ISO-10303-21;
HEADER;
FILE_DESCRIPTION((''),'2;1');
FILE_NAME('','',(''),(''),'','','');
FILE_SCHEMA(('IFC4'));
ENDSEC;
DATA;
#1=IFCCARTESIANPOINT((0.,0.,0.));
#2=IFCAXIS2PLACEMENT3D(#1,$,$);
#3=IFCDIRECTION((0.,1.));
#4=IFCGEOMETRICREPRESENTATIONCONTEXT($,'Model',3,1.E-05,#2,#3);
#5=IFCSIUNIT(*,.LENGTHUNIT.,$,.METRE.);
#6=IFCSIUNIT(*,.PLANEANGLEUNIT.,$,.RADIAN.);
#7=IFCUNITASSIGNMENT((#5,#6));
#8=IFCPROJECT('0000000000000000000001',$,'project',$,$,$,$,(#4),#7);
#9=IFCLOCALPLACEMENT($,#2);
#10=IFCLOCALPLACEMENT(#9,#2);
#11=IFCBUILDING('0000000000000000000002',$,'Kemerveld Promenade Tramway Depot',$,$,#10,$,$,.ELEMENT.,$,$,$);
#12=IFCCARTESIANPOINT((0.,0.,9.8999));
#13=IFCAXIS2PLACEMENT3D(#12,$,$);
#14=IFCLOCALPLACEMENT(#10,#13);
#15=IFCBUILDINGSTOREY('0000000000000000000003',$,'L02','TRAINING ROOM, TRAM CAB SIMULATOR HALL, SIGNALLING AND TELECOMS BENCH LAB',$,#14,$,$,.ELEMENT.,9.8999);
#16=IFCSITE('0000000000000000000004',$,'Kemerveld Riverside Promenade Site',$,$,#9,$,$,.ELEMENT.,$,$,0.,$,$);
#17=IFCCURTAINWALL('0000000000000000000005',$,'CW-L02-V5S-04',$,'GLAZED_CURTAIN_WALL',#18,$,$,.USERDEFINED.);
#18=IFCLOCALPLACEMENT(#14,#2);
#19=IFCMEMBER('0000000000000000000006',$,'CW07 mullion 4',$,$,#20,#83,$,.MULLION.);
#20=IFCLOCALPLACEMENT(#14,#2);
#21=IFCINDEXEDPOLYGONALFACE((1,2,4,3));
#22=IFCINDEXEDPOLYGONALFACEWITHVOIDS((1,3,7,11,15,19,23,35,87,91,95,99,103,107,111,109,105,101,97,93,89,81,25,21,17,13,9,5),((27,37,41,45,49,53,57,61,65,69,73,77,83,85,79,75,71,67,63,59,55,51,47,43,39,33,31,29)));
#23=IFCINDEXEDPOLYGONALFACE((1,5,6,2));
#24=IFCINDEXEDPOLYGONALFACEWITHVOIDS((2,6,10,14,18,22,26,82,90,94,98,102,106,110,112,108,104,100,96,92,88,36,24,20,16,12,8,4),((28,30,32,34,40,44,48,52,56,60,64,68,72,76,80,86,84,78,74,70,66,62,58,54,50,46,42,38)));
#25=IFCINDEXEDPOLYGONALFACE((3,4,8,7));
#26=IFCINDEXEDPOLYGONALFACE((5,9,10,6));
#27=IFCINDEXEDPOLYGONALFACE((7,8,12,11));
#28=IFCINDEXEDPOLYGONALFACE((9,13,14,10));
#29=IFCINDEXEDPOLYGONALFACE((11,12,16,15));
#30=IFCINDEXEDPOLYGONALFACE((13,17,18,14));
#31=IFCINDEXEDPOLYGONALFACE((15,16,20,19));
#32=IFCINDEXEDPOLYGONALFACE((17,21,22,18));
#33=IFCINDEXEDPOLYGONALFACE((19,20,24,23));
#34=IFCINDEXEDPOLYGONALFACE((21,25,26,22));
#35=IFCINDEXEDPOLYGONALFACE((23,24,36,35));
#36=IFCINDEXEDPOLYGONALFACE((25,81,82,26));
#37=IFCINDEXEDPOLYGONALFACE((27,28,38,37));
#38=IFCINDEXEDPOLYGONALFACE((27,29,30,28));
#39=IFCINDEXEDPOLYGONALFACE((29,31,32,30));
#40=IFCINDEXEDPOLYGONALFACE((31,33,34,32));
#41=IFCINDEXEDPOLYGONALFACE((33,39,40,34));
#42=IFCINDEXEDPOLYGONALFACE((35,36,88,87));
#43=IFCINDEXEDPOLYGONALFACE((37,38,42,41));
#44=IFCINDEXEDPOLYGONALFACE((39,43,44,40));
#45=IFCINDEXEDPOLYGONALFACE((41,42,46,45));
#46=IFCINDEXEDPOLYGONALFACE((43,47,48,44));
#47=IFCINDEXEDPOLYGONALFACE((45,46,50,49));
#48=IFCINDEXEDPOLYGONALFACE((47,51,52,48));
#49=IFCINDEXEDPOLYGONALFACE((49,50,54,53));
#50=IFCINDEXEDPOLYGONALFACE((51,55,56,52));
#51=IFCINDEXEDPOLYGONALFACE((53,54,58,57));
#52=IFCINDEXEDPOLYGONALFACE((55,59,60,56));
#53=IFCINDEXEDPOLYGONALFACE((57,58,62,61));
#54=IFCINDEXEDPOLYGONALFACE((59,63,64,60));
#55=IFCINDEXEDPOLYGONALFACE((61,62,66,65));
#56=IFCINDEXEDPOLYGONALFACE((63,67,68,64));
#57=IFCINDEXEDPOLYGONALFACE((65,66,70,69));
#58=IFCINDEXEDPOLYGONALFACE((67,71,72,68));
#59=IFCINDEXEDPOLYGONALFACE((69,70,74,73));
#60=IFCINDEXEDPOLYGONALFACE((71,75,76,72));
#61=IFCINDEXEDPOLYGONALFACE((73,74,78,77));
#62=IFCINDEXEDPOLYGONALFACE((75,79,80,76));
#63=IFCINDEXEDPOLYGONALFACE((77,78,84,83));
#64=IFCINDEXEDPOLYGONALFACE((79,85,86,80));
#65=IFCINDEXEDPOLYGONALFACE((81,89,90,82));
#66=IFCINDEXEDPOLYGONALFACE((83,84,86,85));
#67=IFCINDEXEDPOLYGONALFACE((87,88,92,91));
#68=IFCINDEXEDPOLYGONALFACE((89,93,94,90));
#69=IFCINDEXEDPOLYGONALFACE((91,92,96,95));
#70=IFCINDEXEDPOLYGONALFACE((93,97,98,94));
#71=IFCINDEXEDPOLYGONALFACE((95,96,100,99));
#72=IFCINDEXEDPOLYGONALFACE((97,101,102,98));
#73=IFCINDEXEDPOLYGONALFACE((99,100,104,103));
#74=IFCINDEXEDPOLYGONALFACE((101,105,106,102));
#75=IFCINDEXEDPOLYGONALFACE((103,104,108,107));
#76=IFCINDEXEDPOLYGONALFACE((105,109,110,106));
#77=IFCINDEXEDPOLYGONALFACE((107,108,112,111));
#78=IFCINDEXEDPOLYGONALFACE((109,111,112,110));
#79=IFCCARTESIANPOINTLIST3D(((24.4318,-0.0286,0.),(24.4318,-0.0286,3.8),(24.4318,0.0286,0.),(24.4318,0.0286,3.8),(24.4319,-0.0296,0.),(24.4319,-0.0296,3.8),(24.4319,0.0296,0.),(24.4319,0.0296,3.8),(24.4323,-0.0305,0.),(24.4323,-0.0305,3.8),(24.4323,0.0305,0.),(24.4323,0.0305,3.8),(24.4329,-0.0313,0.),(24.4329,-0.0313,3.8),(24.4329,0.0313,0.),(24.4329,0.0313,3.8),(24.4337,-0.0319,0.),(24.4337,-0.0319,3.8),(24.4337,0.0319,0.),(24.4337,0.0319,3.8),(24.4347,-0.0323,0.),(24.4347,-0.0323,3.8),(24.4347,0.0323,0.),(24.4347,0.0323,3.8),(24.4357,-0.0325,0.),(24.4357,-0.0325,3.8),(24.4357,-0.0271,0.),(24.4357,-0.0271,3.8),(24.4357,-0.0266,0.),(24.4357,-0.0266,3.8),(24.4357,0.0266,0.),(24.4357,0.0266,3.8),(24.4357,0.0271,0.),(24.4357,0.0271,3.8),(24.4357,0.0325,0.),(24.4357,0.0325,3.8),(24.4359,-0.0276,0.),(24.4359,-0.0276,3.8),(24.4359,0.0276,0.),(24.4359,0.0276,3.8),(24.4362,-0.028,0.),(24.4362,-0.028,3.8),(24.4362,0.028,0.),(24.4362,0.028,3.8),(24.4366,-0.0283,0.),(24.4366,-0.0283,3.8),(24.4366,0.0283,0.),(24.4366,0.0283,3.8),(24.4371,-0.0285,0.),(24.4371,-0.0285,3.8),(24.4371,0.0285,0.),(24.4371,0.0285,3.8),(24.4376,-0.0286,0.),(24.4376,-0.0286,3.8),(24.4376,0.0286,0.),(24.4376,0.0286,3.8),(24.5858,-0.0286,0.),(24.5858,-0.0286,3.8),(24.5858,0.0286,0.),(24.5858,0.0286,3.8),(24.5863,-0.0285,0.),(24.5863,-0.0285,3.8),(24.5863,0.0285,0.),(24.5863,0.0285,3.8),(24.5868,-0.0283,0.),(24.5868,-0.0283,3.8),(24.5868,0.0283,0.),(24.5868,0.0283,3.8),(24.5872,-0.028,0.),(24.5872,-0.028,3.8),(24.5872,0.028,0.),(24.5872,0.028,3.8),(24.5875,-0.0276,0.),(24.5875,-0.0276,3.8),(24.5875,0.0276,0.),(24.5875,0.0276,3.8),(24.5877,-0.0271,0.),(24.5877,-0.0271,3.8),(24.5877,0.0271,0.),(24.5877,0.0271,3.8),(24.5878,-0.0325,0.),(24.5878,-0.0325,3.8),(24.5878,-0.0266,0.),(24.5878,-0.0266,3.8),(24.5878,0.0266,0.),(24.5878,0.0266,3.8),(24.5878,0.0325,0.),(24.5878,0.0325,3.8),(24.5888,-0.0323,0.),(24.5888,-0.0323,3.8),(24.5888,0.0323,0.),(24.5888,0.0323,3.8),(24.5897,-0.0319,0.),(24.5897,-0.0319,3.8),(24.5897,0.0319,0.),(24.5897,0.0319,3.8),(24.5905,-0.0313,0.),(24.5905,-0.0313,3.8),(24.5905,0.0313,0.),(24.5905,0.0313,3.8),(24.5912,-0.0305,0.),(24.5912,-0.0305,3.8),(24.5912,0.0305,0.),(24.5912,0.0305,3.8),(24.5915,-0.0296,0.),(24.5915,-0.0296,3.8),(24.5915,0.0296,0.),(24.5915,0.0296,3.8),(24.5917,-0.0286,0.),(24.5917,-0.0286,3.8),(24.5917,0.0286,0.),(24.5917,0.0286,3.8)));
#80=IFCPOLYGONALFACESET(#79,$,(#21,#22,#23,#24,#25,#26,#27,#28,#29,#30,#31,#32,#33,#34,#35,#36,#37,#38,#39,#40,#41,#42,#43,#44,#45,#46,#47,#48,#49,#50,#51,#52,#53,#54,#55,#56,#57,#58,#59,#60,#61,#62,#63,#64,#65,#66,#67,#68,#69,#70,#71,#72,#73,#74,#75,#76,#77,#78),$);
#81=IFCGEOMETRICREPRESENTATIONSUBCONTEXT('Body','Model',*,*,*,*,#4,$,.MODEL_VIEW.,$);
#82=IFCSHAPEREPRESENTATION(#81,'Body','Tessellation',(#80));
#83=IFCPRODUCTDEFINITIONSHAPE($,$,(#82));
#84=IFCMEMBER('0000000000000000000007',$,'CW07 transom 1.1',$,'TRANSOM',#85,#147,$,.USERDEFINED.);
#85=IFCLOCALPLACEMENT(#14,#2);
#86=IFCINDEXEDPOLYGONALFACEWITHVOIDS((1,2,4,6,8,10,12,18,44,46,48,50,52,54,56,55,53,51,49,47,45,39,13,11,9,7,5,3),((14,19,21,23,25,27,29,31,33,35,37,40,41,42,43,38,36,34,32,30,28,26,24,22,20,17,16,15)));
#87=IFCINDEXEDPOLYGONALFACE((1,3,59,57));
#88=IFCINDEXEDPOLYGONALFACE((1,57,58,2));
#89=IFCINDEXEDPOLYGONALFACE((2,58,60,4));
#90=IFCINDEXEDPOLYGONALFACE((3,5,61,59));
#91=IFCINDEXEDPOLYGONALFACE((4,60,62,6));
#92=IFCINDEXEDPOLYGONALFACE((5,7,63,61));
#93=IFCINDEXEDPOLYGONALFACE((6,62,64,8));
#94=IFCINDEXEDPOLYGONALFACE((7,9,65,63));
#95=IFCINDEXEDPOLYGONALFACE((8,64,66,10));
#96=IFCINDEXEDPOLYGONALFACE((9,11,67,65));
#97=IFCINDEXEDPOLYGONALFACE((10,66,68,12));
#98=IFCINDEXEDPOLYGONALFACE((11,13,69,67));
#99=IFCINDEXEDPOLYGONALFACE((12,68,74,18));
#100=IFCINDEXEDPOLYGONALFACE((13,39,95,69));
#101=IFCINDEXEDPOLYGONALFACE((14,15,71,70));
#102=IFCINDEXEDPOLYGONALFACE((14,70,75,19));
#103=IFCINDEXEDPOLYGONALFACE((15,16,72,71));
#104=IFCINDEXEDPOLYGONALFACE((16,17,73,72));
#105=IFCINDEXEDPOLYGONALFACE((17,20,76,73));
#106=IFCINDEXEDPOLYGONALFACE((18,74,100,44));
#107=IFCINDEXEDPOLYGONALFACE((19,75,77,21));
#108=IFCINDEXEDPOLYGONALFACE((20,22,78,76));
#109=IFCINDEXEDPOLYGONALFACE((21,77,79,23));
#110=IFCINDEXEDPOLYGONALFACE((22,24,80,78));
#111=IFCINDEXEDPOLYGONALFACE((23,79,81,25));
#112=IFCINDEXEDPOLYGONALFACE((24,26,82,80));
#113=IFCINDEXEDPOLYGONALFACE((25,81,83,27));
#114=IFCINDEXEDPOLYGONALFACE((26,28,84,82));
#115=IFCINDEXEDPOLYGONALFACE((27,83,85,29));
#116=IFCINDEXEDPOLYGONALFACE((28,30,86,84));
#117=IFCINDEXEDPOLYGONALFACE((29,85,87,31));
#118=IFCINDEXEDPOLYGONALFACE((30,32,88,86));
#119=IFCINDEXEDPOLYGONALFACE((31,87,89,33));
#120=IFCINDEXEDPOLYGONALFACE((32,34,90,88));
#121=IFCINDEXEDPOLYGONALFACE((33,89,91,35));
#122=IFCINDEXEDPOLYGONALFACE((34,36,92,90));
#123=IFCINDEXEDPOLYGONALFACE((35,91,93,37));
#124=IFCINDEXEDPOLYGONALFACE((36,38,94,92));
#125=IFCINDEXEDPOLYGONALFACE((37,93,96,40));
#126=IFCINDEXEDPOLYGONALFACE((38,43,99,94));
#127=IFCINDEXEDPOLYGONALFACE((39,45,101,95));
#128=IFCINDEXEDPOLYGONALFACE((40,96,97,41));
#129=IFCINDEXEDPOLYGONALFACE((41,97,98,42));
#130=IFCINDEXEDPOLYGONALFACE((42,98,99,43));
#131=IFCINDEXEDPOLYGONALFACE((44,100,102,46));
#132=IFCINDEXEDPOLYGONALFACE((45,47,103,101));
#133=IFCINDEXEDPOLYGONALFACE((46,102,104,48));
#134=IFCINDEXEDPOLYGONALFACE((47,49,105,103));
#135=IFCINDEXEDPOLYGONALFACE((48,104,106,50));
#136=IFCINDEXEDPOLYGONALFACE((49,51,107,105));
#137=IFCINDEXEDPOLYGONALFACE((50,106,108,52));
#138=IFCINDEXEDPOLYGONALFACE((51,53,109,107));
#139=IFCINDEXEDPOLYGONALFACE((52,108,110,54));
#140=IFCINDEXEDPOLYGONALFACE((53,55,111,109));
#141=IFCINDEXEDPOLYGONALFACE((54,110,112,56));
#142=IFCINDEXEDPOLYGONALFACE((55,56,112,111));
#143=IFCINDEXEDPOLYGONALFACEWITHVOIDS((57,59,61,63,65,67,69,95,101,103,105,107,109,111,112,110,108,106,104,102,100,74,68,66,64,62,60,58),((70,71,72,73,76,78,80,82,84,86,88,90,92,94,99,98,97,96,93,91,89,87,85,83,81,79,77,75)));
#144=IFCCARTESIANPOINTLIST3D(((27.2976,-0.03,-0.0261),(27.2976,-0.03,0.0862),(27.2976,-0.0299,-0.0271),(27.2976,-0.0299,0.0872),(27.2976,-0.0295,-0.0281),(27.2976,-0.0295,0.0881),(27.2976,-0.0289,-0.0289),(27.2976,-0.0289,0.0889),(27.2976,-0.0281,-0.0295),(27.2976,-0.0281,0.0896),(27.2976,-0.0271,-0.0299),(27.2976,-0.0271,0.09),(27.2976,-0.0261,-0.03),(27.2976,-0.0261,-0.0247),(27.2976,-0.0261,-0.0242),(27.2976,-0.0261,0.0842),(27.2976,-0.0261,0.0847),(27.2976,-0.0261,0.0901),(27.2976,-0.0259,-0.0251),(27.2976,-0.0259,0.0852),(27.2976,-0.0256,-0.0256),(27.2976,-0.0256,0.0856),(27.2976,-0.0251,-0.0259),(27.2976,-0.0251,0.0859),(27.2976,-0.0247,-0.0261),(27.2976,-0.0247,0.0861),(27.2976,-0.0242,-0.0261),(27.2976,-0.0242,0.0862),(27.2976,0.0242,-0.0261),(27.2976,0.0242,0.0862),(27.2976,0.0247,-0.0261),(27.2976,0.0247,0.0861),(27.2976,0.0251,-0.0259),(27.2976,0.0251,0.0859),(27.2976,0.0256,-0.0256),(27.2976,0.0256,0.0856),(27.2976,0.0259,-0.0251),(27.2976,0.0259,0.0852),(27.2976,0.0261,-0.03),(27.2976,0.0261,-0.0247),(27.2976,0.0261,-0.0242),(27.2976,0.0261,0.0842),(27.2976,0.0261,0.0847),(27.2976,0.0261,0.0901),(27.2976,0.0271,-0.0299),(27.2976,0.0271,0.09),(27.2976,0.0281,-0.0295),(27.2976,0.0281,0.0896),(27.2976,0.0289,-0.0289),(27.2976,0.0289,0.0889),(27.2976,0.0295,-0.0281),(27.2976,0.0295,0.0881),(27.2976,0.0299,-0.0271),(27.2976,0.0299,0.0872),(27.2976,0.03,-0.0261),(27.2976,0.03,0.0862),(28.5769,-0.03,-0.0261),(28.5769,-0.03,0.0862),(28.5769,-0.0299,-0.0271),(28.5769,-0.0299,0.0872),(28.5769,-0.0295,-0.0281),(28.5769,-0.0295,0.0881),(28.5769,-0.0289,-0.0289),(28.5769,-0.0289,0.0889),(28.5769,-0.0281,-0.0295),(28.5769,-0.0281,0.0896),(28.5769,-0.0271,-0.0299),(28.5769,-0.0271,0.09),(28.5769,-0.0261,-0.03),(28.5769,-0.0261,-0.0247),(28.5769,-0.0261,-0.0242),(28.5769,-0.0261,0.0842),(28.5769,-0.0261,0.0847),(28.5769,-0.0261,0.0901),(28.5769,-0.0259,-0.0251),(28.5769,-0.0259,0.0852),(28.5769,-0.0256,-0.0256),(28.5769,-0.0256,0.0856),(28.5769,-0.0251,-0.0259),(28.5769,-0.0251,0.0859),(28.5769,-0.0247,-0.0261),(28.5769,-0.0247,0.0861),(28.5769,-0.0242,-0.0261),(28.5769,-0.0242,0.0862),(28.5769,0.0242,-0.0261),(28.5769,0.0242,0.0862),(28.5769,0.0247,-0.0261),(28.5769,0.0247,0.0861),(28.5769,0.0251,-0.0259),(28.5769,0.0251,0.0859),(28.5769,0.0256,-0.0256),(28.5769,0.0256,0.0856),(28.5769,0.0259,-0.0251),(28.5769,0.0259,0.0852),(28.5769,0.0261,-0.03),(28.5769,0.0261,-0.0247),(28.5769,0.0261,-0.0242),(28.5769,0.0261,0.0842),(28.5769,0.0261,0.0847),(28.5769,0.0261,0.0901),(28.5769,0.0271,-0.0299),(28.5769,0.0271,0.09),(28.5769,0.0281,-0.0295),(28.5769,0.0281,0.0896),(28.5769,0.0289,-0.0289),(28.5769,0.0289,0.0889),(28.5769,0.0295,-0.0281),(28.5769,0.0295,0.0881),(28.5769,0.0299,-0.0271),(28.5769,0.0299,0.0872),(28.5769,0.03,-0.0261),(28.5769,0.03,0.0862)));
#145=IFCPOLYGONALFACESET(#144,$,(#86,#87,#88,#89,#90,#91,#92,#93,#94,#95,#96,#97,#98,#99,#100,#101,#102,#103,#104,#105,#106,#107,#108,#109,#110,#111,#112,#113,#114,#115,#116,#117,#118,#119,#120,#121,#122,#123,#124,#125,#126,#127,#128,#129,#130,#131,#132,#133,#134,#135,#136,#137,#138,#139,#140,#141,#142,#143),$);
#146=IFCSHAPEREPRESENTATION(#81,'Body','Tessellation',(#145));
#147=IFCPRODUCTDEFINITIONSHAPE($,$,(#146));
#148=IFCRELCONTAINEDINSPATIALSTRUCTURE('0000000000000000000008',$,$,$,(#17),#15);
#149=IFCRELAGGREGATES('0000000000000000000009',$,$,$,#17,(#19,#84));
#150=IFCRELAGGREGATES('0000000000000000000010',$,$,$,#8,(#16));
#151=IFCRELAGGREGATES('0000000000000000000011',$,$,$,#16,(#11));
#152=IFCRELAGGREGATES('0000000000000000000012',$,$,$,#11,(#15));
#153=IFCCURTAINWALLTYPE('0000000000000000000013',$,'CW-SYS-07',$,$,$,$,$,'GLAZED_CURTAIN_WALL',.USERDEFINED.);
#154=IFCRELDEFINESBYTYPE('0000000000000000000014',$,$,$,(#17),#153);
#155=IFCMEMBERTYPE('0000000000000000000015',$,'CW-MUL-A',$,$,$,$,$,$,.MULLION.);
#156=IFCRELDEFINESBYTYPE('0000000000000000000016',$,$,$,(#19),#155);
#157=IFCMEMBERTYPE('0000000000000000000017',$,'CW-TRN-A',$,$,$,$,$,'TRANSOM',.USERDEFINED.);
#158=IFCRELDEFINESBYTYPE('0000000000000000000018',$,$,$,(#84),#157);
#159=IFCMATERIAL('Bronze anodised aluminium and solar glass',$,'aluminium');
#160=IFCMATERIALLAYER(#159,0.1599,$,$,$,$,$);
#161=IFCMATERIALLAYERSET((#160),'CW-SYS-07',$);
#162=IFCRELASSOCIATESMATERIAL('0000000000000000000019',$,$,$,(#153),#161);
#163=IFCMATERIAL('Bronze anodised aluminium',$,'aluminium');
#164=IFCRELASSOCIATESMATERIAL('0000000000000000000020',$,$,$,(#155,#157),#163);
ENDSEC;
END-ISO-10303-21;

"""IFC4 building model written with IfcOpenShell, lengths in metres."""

from ifc_helpers import new_model, si_unit, direction, frame, origin, origin_2d, place, context, subcontext, project, spatial, hollow_rectangle, extrude, material, layer, layer_set, material_profile, profile_set, type_object, element, aggregate, save


model = new_model("IFC4")

# Units and contexts
model_context = context("Model", 3, precision=1e-05, world=origin(), true_north=direction((0.0, 1.0)))
body_context = subcontext(model_context, "Body", "Model", "MODEL_VIEW")
ifc_project = project(units=[si_unit("LENGTHUNIT", "METRE"), si_unit("PLANEANGLEUNIT", "RADIAN")], contexts=[model_context])

# Site, building, storey
site_placement = place(None, origin())
site = spatial("IfcSite", under=ifc_project, at=site_placement, Name="Kemerveld Riverside Promenade Site", CompositionType="ELEMENT", RefElevation=0.0)
building_placement = place(site_placement, origin())
building = spatial("IfcBuilding", under=site, at=building_placement, Name="Kemerveld Promenade Tramway Depot", CompositionType="ELEMENT")
storey_placement = place(building_placement, frame((0.0, 0.0, 9.8999)))
storey = spatial("IfcBuildingStorey", under=building, at=storey_placement, Name="L02", Description="TRAINING ROOM, TRAM CAB SIMULATOR HALL, SIGNALLING AND TELECOMS BENCH LAB", CompositionType="ELEMENT", Elevation=9.8999)

# Curtain wall, members
ifc_material_1 = material(Name="Bronze anodised aluminium and solar glass", Category="aluminium")
ifc_layer_1 = layer(ifc_material_1, 0.1599)
ifc_layer_set_1 = layer_set([ifc_layer_1], Name="CW-SYS-07")
curtain_wall_type = type_object("IfcCurtainWallType", Name="CW-SYS-07", ElementType="GLAZED_CURTAIN_WALL", PredefinedType="USERDEFINED", material=ifc_layer_set_1)
curtain_wall_placement = place(storey_placement, origin())
curtain_wall = element("IfcCurtainWall", 1, at=curtain_wall_placement, inside=storey, type_object=curtain_wall_type, Name="CW-L02-V5S-04", ObjectType="GLAZED_CURTAIN_WALL", PredefinedType="USERDEFINED")
ifc_material_2 = material(Name="Bronze anodised aluminium", Category="aluminium")
ifc_material_profile_1 = material_profile(ifc_material_2, hollow_rectangle(XDim=0.0649, YDim=0.1599, WallThickness=0.0039, InnerFilletRadius=0.002, OuterFilletRadius=0.0039, at=origin_2d()), Name="CW-MUL-160x65")
ifc_profile_set_1 = profile_set([ifc_material_profile_1], Name="Bronze anodised aluminium")
member_type_1 = type_object("IfcMemberType", Name="CW-MUL-A", PredefinedType="MULLION", material=ifc_profile_set_1)
member_1_placement = place(storey_placement, frame((24.5117, 0.0, 0.0), z_axis=(0.0, 0.0, 1.0), x_axis=(0.0, -1.0, 0.0)))
member_1 = element("IfcMember", 2, at=member_1_placement, type_object=member_type_1, Name="CW07 mullion 4", PredefinedType="MULLION", context=body_context, shape_type="SweptSolid", body=[
    extrude(hollow_rectangle(XDim=0.0649, YDim=0.1599, WallThickness=0.0039, InnerFilletRadius=0.002, OuterFilletRadius=0.0039, at=origin_2d()), origin(), (0.0, 0.0, 1.0), 3.8),
])
ifc_material_profile_2 = material_profile(ifc_material_2, hollow_rectangle(XDim=0.0601, YDim=0.1201, WallThickness=0.0039, InnerFilletRadius=0.002, OuterFilletRadius=0.0039, at=origin_2d()), Name="CW-TRN-120x60")
ifc_profile_set_2 = profile_set([ifc_material_profile_2], Name="Bronze anodised aluminium")
member_type_2 = type_object("IfcMemberType", Name="CW-TRN-A", ElementType="TRANSOM", PredefinedType="USERDEFINED", material=ifc_profile_set_2)
member_2_placement = place(storey_placement, frame((28.5769, 0.0, 0.03), z_axis=(-1.0, 0.0, 0.0), x_axis=(0.0, -1.0, 0.0)))
member_2 = element("IfcMember", 3, at=member_2_placement, type_object=member_type_2, Name="CW07 transom 1.1", ObjectType="TRANSOM", PredefinedType="USERDEFINED", context=body_context, shape_type="SweptSolid", body=[
    extrude(hollow_rectangle(XDim=0.0601, YDim=0.1201, WallThickness=0.0039, InnerFilletRadius=0.002, OuterFilletRadius=0.0039, at=origin_2d()), origin(), (0.0, 0.0, 1.0), 1.2793),
])
aggregate(curtain_wall, [member_1, member_2])

save(model, "model.ifc")
